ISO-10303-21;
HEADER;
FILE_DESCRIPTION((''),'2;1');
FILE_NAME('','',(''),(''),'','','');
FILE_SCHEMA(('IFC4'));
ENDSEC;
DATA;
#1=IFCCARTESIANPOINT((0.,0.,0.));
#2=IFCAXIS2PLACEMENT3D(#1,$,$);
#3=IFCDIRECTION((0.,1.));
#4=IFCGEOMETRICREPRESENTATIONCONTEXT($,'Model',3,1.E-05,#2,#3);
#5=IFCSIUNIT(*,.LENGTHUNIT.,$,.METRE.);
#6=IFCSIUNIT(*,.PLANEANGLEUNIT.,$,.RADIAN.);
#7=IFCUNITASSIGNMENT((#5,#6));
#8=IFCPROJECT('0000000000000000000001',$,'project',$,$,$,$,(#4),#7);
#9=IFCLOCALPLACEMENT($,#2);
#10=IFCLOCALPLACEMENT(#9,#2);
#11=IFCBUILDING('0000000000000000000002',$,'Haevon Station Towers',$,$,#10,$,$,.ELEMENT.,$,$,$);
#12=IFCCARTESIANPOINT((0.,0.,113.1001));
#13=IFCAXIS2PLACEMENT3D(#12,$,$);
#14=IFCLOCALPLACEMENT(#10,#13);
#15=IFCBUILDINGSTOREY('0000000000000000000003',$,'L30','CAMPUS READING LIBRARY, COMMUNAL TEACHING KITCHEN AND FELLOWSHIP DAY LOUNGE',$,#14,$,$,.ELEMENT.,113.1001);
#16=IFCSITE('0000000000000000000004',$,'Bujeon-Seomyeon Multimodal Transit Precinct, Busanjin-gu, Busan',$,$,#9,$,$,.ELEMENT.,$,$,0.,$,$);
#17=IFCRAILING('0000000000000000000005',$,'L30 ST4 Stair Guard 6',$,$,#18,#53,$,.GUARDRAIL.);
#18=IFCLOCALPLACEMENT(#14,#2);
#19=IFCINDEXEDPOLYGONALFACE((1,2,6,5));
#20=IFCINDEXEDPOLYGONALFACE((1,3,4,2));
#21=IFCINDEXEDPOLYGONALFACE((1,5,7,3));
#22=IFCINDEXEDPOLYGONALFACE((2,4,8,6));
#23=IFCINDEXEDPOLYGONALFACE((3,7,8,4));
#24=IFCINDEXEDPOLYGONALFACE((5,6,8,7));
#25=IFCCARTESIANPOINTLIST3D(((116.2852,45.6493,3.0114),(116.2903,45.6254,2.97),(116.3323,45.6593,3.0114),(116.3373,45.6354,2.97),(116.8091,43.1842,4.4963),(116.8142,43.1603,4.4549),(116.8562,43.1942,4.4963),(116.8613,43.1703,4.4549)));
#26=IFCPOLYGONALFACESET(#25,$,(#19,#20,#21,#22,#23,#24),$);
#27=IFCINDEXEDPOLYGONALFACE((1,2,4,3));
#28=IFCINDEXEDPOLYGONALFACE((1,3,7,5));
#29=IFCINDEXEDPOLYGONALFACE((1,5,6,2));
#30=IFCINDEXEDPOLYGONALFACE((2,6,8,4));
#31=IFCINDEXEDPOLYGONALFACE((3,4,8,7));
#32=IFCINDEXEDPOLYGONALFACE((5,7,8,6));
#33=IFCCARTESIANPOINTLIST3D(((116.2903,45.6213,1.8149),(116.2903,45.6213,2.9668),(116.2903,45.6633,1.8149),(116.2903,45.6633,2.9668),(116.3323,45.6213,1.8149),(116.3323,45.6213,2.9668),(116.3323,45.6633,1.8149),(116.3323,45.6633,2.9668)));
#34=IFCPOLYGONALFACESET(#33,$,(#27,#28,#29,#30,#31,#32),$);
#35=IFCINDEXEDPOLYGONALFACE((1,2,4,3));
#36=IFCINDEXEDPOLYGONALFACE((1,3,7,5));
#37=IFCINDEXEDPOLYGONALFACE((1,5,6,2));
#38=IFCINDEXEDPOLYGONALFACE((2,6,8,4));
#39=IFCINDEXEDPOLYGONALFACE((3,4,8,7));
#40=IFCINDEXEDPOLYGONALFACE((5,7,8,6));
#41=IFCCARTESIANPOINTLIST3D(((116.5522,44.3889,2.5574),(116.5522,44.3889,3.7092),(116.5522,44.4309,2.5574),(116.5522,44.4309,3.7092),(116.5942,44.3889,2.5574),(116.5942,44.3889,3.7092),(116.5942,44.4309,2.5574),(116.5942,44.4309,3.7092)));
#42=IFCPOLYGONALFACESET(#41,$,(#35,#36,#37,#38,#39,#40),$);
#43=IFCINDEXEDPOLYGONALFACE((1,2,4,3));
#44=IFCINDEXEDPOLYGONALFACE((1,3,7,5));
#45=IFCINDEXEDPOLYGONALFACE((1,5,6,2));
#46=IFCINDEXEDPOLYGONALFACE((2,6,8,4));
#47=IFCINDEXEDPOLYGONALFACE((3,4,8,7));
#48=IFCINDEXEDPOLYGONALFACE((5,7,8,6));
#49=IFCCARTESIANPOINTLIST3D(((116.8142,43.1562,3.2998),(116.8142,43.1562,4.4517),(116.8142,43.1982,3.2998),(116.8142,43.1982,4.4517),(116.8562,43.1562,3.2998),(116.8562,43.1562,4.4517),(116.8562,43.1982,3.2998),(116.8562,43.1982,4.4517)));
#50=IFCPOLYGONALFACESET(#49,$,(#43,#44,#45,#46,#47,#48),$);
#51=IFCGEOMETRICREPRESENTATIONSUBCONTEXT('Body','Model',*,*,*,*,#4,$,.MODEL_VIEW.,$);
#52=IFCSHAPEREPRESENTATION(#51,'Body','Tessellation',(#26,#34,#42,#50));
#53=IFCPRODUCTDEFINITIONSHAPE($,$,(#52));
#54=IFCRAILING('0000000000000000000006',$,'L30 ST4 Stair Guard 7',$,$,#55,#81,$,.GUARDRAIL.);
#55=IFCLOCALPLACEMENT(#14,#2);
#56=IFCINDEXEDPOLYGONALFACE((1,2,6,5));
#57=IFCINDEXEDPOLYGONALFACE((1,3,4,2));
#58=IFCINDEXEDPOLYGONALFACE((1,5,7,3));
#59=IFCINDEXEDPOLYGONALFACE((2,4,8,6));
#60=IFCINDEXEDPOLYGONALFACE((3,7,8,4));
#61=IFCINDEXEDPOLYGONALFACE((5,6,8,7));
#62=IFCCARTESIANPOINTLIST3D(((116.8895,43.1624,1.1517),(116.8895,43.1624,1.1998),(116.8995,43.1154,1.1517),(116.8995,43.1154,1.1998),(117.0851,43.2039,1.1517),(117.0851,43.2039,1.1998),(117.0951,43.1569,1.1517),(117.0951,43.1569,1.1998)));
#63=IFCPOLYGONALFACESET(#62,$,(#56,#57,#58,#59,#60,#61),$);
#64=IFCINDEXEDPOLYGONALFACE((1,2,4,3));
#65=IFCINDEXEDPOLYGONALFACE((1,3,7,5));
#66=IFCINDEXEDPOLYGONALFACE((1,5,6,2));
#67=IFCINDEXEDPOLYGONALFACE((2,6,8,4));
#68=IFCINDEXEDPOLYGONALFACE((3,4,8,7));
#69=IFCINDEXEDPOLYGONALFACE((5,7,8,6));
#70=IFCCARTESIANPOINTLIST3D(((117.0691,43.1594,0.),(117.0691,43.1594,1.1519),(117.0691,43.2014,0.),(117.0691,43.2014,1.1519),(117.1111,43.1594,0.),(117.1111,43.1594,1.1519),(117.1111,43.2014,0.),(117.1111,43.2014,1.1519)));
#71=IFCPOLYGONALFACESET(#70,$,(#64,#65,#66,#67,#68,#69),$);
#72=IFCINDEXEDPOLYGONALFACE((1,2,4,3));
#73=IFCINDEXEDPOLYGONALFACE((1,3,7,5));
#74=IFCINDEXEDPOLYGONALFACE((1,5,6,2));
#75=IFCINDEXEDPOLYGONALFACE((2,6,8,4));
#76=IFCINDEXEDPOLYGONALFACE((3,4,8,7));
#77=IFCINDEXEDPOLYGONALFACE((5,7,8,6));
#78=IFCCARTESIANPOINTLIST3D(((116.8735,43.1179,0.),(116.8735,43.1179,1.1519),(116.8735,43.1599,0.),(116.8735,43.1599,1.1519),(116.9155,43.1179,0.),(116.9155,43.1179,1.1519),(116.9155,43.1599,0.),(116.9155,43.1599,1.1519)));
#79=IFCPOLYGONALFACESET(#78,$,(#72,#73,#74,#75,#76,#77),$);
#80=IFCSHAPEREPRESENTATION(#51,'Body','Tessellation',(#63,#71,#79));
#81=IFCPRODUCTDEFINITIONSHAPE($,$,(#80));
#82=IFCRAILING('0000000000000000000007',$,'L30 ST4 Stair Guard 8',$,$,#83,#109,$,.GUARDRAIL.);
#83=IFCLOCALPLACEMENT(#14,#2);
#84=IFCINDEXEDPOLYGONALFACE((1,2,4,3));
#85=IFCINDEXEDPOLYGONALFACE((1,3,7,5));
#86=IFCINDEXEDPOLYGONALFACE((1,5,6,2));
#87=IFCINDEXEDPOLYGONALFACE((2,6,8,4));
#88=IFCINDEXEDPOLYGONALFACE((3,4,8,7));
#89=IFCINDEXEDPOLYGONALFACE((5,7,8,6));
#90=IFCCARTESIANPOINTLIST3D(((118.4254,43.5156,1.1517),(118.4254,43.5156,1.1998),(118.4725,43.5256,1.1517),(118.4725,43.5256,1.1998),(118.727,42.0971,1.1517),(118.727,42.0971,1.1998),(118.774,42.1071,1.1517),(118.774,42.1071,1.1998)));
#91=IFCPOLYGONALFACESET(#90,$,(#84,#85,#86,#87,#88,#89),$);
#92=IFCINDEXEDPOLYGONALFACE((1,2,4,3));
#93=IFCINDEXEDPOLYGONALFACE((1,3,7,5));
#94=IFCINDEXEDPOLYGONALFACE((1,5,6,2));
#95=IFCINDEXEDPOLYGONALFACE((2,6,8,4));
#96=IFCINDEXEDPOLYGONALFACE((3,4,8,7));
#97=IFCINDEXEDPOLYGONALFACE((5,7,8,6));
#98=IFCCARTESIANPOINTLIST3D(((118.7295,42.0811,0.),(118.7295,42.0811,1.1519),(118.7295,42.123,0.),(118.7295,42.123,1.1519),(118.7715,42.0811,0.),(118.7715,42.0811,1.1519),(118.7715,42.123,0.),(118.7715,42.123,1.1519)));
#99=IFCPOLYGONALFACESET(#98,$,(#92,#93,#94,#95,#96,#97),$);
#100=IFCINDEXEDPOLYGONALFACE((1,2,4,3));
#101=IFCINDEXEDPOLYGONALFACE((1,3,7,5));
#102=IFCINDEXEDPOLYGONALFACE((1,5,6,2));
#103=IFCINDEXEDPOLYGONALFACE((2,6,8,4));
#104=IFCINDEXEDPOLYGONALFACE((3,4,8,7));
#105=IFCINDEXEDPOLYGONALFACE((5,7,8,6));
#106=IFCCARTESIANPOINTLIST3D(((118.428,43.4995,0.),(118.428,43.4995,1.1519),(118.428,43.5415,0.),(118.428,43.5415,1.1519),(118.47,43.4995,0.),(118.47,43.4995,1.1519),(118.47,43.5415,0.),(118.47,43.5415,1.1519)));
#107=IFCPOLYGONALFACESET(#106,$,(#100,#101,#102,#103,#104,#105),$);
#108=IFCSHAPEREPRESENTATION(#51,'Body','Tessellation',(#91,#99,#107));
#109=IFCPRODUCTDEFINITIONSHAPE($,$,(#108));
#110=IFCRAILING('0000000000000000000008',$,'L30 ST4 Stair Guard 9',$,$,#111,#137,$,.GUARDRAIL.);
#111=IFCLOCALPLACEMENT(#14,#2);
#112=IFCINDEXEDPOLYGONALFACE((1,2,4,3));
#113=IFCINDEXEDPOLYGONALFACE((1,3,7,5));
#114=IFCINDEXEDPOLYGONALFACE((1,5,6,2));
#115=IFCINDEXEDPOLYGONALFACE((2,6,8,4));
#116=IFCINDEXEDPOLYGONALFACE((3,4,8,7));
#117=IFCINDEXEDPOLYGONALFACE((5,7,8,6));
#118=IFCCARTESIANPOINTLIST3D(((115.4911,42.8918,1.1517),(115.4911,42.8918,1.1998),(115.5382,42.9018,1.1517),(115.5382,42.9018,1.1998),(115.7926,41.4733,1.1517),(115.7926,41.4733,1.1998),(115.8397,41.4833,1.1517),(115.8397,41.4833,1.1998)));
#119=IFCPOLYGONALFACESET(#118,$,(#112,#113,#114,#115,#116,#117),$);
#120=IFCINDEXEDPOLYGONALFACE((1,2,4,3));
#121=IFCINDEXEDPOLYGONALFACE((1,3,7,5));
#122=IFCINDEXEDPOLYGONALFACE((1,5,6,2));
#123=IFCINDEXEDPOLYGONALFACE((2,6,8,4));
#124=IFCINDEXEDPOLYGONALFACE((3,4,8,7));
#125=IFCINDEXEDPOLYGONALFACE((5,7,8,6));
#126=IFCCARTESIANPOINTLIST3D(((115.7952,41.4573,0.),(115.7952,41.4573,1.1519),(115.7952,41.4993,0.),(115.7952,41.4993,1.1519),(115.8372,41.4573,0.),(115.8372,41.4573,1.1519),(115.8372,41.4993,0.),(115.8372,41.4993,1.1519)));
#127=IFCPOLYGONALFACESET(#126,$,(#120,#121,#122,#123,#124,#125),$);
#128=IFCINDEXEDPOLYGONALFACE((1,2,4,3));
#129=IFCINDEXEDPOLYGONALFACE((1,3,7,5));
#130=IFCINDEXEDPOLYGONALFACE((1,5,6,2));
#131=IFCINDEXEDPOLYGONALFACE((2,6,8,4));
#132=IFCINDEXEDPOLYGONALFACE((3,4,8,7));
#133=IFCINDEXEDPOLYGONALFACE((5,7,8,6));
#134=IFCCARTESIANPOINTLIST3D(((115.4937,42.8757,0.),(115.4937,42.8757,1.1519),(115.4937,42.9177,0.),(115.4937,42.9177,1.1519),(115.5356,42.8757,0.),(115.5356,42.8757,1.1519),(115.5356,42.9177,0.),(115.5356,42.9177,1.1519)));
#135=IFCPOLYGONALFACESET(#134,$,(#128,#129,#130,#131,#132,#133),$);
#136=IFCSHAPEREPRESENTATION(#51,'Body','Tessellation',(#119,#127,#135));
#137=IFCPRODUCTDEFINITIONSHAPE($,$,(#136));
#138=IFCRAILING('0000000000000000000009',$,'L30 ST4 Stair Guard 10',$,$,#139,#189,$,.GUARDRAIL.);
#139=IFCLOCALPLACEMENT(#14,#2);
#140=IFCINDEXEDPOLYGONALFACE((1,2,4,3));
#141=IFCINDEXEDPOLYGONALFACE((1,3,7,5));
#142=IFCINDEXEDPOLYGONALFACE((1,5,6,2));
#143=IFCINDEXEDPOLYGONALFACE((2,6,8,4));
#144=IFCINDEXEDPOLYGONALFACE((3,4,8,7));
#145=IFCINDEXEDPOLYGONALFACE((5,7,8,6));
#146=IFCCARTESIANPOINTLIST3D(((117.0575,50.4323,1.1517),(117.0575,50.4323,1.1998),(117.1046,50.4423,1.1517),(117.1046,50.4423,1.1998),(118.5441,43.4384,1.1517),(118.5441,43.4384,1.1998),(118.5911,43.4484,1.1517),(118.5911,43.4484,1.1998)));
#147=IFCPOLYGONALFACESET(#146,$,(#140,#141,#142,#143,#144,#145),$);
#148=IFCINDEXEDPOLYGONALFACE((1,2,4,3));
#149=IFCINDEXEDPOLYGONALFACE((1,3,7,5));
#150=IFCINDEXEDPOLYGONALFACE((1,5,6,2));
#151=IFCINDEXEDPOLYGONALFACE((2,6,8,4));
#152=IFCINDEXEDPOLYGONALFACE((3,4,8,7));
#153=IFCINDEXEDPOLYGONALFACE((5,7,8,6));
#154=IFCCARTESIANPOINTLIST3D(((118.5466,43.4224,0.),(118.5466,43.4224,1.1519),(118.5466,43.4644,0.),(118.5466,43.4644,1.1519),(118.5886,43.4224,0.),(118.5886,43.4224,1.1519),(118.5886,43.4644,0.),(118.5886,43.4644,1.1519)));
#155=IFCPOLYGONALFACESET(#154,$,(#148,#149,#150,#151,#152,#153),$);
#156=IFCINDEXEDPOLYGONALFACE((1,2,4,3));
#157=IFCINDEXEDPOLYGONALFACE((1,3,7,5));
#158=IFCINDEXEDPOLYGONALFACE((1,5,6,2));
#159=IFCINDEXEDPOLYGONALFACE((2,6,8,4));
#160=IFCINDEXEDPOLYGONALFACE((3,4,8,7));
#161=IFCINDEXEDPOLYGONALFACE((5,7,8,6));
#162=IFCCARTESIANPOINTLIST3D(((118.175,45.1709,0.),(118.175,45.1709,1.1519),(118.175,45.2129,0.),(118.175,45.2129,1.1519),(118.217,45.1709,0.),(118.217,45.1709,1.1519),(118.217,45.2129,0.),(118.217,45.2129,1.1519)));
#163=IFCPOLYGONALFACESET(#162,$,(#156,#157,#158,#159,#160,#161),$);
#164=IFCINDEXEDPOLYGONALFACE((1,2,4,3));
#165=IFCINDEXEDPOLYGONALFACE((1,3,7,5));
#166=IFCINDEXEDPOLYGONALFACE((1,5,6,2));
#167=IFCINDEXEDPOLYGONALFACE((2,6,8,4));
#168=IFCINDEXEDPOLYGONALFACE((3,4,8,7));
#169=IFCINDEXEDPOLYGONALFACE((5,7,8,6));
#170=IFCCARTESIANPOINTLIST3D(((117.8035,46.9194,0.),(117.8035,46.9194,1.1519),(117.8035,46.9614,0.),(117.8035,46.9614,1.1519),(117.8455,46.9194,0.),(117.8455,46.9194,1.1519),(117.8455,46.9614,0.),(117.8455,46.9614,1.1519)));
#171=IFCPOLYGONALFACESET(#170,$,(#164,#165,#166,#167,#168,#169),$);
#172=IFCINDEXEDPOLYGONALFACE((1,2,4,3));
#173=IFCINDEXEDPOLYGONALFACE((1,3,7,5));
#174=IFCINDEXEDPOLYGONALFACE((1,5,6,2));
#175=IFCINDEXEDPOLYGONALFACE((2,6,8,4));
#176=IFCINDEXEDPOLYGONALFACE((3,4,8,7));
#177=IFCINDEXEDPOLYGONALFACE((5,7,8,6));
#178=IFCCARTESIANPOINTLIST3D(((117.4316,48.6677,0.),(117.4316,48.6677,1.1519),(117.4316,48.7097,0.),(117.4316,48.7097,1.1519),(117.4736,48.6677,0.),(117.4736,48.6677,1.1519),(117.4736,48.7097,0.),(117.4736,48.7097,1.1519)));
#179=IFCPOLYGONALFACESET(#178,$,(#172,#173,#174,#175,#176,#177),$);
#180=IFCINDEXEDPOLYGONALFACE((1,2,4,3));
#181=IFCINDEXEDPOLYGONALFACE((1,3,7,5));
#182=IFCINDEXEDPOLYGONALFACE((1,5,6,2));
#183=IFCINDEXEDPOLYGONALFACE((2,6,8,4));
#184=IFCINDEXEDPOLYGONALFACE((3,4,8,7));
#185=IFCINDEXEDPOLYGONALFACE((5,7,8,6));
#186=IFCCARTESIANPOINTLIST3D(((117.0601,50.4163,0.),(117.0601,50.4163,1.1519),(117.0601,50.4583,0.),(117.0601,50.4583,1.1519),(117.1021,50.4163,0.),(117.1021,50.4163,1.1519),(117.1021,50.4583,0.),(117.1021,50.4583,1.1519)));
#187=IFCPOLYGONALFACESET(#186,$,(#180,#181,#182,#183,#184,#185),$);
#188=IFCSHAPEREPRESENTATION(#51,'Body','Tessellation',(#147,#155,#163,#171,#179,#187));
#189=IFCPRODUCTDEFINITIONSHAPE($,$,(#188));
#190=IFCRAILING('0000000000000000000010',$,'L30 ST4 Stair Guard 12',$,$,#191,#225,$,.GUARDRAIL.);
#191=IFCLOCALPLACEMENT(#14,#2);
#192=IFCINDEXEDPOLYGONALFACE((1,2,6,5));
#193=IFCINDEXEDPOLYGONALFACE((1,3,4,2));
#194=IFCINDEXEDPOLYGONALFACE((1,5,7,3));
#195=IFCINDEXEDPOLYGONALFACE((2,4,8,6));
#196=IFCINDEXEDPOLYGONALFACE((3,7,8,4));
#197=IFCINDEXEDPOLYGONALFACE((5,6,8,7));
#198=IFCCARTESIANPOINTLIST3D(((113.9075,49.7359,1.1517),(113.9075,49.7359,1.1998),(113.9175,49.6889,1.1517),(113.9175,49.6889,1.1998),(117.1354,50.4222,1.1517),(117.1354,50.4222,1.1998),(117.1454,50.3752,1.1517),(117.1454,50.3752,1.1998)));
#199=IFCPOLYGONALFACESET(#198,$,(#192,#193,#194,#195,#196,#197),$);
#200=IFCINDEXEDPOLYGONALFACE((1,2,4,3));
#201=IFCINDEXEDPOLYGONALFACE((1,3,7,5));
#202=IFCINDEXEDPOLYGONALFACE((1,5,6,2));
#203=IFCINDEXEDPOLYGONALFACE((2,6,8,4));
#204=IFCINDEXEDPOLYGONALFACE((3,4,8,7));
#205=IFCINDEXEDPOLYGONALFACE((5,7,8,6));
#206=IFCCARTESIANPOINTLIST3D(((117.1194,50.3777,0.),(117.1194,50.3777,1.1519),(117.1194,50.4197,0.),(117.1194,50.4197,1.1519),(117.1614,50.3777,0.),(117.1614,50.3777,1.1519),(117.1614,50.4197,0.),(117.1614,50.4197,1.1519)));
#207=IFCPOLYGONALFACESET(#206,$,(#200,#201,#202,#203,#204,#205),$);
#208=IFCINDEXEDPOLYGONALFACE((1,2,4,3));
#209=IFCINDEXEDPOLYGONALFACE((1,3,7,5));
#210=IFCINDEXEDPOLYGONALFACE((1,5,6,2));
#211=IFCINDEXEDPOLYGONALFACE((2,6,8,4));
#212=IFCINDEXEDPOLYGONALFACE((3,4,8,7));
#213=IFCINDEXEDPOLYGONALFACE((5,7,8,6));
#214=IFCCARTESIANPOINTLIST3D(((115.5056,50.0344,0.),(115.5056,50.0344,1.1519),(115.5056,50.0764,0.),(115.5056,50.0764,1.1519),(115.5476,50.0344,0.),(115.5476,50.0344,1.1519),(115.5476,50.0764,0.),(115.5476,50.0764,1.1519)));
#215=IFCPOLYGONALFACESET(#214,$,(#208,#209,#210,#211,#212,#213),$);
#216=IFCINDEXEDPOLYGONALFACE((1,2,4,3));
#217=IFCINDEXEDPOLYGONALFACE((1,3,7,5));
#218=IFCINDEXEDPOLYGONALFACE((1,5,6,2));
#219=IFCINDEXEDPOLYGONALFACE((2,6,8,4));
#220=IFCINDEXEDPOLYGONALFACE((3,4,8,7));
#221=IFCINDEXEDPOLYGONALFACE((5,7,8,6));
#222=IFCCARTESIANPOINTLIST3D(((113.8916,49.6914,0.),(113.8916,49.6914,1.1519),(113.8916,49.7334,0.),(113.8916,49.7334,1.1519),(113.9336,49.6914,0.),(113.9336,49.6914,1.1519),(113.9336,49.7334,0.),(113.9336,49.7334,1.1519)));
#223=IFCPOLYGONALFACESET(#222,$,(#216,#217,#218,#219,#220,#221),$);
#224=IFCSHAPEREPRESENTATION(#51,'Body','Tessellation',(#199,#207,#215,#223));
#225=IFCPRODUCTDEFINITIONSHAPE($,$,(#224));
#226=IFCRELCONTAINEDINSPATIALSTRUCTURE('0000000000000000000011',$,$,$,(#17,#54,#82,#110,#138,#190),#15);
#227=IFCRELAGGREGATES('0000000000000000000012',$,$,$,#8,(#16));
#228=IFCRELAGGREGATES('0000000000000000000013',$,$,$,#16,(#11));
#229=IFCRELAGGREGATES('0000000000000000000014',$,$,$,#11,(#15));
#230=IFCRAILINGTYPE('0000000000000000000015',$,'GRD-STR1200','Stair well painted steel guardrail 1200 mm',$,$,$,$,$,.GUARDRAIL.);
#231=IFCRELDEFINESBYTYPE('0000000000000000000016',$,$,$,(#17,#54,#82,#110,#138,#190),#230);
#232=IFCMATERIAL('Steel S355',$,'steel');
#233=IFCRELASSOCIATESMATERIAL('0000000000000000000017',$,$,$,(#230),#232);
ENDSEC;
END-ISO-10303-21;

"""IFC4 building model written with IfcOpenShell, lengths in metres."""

from ifc_helpers import new_model, si_unit, direction, frame, origin, origin_2d, place, context, subcontext, project, spatial, rectangle, extrude, material, type_object, element, save


model = new_model("IFC4")

# Units and contexts
model_context = context("Model", 3, precision=1e-05, world=origin(), true_north=direction((0.0, 1.0)))
body_context = subcontext(model_context, "Body", "Model", "MODEL_VIEW")
ifc_project = project(units=[si_unit("LENGTHUNIT", "METRE"), si_unit("PLANEANGLEUNIT", "RADIAN")], contexts=[model_context])

# Site, building, storey
site_placement = place(None, origin())
site = spatial("IfcSite", under=ifc_project, at=site_placement, Name="Bujeon-Seomyeon Multimodal Transit Precinct, Busanjin-gu, Busan", CompositionType="ELEMENT", RefElevation=0.0)
building_placement = place(site_placement, origin())
building = spatial("IfcBuilding", under=site, at=building_placement, Name="Haevon Station Towers", CompositionType="ELEMENT")
storey_placement = place(building_placement, frame((0.0, 0.0, 113.1001)))
storey = spatial("IfcBuildingStorey", under=building, at=storey_placement, Name="L30", Description="CAMPUS READING LIBRARY, COMMUNAL TEACHING KITCHEN AND FELLOWSHIP DAY LOUNGE", CompositionType="ELEMENT", Elevation=113.1001)

# Shared definitions
ifc_material_1 = material(Name="Steel S355", Category="steel")

# Railings
railing_type_1 = type_object("IfcRailingType", Name="GRD-STR1200", Description="Stair well painted steel guardrail 1200 mm", PredefinedType="GUARDRAIL", material=ifc_material_1)
railing_1_placement = place(storey_placement, frame((116.3113, 45.6423, 1.8149)))
element("IfcRailing", 1, at=railing_1_placement, inside=storey, type_object=railing_type_1, Name="L30 ST4 Stair Guard 6", PredefinedType="GUARDRAIL", context=body_context, shape_type="SweptSolid", body=[
    extrude(rectangle(XDim=0.0481, YDim=0.0481, at=origin_2d()), frame((0.0, 0.0, 1.1758), z_axis=(0.179116, -0.842748, 0.507635), x_axis=(0.978151, 0.207895, 0.0)), (0.0, 0.0, 1.0), 2.925),
    extrude(rectangle(XDim=0.042, YDim=0.042, at=origin_2d()), origin(), (0.0, 0.0, 1.0), 1.1519),
    extrude(rectangle(XDim=0.042, YDim=0.042, at=origin_2d()), frame((0.262, -1.2324, 0.7424)), (0.0, 0.0, 1.0), 1.1519),
    extrude(rectangle(XDim=0.042, YDim=0.042, at=origin_2d()), frame((0.5239, -2.4651, 1.4849)), (0.0, 0.0, 1.0), 1.1519),
])
railing_2_placement = place(storey_placement, frame((117.0901, 43.1804, 0.0)))
element("IfcRailing", 2, at=railing_2_placement, inside=storey, type_object=railing_type_1, Name="L30 ST4 Stair Guard 7", PredefinedType="GUARDRAIL", context=body_context, shape_type="SweptSolid", body=[
    extrude(rectangle(XDim=0.0481, YDim=0.0481, at=origin_2d()), frame((0.0, 0.0, 1.1758), z_axis=(-0.978212, -0.20761, 0.0), x_axis=(0.20761, -0.978212, 0.0)), (0.0, 0.0, 1.0), 0.2),
    extrude(rectangle(XDim=0.042, YDim=0.042, at=origin_2d()), origin(), (0.0, 0.0, 1.0), 1.1519),
    extrude(rectangle(XDim=0.042, YDim=0.042, at=origin_2d()), frame((-0.1956, -0.0415, 0.0)), (0.0, 0.0, 1.0), 1.1519),
])
for number, where, name in (
    (3, (118.7505, 42.1021, 0.0), "L30 ST4 Stair Guard 8"),
    (4, (115.8162, 41.4783, 0.0), "L30 ST4 Stair Guard 9"),
):
    element("IfcRailing", number, at=place(storey_placement, frame(where)), inside=storey, type_object=railing_type_1, Name=name, PredefinedType="GUARDRAIL", context=body_context, shape_type="SweptSolid", body=[
        extrude(rectangle(XDim=0.0481, YDim=0.0481, at=origin_2d()), frame((0.0, 0.0, 1.1758), z_axis=(-0.207919, 0.978146, 0.0), x_axis=(-0.978146, -0.207919, 0.0)), (0.0, 0.0, 1.0), 1.4502),
        extrude(rectangle(XDim=0.042, YDim=0.042, at=origin_2d()), origin(), (0.0, 0.0, 1.0), 1.1519),
        extrude(rectangle(XDim=0.042, YDim=0.042, at=origin_2d()), frame((-0.3015, 1.4185, 0.0)), (0.0, 0.0, 1.0), 1.1519),
    ])
railing_3_placement = place(storey_placement, frame((118.5676, 43.4434, 0.0)))
element("IfcRailing", 5, at=railing_3_placement, inside=storey, type_object=railing_type_1, Name="L30 ST4 Stair Guard 10", PredefinedType="GUARDRAIL", context=body_context, shape_type="SweptSolid", body=[
    extrude(rectangle(XDim=0.0481, YDim=0.0481, at=origin_2d()), frame((0.0, 0.0, 1.1758), z_axis=(-0.207908, 0.978148, 0.0), x_axis=(-0.978148, -0.207908, 0.0)), (0.0, 0.0, 1.0), 7.1501),
    extrude(rectangle(XDim=0.042, YDim=0.042, at=origin_2d()), origin(), (0.0, 0.0, 1.0), 1.1519),
    extrude(rectangle(XDim=0.042, YDim=0.042, at=origin_2d()), frame((-0.3716, 1.7485, 0.0)), (0.0, 0.0, 1.0), 1.1519),
    extrude(rectangle(XDim=0.042, YDim=0.042, at=origin_2d()), frame((-0.7432, 3.4971, 0.0)), (0.0, 0.0, 1.0), 1.1519),
    extrude(rectangle(XDim=0.042, YDim=0.042, at=origin_2d()), frame((-1.115, 5.2454, 0.0)), (0.0, 0.0, 1.0), 1.1519),
    extrude(rectangle(XDim=0.042, YDim=0.042, at=origin_2d()), frame((-1.4866, 6.9939, 0.0)), (0.0, 0.0, 1.0), 1.1519),
])
railing_4_placement = place(storey_placement, frame((117.1404, 50.3987, 0.0)))
element("IfcRailing", 6, at=railing_4_placement, inside=storey, type_object=railing_type_1, Name="L30 ST4 Stair Guard 12", PredefinedType="GUARDRAIL", context=body_context, shape_type="SweptSolid", body=[
    extrude(rectangle(XDim=0.0481, YDim=0.0481, at=origin_2d()), frame((0.0, 0.0, 1.1758), z_axis=(-0.978136, -0.207968, 0.0), x_axis=(0.207968, -0.978136, 0.0)), (0.0, 0.0, 1.0), 3.3),
    extrude(rectangle(XDim=0.042, YDim=0.042, at=origin_2d()), origin(), (0.0, 0.0, 1.0), 1.1519),
    extrude(rectangle(XDim=0.042, YDim=0.042, at=origin_2d()), frame((-1.6138, -0.3433, 0.0)), (0.0, 0.0, 1.0), 1.1519),
    extrude(rectangle(XDim=0.042, YDim=0.042, at=origin_2d()), frame((-3.2278, -0.6863, 0.0)), (0.0, 0.0, 1.0), 1.1519),
])

save(model, "model.ifc")
